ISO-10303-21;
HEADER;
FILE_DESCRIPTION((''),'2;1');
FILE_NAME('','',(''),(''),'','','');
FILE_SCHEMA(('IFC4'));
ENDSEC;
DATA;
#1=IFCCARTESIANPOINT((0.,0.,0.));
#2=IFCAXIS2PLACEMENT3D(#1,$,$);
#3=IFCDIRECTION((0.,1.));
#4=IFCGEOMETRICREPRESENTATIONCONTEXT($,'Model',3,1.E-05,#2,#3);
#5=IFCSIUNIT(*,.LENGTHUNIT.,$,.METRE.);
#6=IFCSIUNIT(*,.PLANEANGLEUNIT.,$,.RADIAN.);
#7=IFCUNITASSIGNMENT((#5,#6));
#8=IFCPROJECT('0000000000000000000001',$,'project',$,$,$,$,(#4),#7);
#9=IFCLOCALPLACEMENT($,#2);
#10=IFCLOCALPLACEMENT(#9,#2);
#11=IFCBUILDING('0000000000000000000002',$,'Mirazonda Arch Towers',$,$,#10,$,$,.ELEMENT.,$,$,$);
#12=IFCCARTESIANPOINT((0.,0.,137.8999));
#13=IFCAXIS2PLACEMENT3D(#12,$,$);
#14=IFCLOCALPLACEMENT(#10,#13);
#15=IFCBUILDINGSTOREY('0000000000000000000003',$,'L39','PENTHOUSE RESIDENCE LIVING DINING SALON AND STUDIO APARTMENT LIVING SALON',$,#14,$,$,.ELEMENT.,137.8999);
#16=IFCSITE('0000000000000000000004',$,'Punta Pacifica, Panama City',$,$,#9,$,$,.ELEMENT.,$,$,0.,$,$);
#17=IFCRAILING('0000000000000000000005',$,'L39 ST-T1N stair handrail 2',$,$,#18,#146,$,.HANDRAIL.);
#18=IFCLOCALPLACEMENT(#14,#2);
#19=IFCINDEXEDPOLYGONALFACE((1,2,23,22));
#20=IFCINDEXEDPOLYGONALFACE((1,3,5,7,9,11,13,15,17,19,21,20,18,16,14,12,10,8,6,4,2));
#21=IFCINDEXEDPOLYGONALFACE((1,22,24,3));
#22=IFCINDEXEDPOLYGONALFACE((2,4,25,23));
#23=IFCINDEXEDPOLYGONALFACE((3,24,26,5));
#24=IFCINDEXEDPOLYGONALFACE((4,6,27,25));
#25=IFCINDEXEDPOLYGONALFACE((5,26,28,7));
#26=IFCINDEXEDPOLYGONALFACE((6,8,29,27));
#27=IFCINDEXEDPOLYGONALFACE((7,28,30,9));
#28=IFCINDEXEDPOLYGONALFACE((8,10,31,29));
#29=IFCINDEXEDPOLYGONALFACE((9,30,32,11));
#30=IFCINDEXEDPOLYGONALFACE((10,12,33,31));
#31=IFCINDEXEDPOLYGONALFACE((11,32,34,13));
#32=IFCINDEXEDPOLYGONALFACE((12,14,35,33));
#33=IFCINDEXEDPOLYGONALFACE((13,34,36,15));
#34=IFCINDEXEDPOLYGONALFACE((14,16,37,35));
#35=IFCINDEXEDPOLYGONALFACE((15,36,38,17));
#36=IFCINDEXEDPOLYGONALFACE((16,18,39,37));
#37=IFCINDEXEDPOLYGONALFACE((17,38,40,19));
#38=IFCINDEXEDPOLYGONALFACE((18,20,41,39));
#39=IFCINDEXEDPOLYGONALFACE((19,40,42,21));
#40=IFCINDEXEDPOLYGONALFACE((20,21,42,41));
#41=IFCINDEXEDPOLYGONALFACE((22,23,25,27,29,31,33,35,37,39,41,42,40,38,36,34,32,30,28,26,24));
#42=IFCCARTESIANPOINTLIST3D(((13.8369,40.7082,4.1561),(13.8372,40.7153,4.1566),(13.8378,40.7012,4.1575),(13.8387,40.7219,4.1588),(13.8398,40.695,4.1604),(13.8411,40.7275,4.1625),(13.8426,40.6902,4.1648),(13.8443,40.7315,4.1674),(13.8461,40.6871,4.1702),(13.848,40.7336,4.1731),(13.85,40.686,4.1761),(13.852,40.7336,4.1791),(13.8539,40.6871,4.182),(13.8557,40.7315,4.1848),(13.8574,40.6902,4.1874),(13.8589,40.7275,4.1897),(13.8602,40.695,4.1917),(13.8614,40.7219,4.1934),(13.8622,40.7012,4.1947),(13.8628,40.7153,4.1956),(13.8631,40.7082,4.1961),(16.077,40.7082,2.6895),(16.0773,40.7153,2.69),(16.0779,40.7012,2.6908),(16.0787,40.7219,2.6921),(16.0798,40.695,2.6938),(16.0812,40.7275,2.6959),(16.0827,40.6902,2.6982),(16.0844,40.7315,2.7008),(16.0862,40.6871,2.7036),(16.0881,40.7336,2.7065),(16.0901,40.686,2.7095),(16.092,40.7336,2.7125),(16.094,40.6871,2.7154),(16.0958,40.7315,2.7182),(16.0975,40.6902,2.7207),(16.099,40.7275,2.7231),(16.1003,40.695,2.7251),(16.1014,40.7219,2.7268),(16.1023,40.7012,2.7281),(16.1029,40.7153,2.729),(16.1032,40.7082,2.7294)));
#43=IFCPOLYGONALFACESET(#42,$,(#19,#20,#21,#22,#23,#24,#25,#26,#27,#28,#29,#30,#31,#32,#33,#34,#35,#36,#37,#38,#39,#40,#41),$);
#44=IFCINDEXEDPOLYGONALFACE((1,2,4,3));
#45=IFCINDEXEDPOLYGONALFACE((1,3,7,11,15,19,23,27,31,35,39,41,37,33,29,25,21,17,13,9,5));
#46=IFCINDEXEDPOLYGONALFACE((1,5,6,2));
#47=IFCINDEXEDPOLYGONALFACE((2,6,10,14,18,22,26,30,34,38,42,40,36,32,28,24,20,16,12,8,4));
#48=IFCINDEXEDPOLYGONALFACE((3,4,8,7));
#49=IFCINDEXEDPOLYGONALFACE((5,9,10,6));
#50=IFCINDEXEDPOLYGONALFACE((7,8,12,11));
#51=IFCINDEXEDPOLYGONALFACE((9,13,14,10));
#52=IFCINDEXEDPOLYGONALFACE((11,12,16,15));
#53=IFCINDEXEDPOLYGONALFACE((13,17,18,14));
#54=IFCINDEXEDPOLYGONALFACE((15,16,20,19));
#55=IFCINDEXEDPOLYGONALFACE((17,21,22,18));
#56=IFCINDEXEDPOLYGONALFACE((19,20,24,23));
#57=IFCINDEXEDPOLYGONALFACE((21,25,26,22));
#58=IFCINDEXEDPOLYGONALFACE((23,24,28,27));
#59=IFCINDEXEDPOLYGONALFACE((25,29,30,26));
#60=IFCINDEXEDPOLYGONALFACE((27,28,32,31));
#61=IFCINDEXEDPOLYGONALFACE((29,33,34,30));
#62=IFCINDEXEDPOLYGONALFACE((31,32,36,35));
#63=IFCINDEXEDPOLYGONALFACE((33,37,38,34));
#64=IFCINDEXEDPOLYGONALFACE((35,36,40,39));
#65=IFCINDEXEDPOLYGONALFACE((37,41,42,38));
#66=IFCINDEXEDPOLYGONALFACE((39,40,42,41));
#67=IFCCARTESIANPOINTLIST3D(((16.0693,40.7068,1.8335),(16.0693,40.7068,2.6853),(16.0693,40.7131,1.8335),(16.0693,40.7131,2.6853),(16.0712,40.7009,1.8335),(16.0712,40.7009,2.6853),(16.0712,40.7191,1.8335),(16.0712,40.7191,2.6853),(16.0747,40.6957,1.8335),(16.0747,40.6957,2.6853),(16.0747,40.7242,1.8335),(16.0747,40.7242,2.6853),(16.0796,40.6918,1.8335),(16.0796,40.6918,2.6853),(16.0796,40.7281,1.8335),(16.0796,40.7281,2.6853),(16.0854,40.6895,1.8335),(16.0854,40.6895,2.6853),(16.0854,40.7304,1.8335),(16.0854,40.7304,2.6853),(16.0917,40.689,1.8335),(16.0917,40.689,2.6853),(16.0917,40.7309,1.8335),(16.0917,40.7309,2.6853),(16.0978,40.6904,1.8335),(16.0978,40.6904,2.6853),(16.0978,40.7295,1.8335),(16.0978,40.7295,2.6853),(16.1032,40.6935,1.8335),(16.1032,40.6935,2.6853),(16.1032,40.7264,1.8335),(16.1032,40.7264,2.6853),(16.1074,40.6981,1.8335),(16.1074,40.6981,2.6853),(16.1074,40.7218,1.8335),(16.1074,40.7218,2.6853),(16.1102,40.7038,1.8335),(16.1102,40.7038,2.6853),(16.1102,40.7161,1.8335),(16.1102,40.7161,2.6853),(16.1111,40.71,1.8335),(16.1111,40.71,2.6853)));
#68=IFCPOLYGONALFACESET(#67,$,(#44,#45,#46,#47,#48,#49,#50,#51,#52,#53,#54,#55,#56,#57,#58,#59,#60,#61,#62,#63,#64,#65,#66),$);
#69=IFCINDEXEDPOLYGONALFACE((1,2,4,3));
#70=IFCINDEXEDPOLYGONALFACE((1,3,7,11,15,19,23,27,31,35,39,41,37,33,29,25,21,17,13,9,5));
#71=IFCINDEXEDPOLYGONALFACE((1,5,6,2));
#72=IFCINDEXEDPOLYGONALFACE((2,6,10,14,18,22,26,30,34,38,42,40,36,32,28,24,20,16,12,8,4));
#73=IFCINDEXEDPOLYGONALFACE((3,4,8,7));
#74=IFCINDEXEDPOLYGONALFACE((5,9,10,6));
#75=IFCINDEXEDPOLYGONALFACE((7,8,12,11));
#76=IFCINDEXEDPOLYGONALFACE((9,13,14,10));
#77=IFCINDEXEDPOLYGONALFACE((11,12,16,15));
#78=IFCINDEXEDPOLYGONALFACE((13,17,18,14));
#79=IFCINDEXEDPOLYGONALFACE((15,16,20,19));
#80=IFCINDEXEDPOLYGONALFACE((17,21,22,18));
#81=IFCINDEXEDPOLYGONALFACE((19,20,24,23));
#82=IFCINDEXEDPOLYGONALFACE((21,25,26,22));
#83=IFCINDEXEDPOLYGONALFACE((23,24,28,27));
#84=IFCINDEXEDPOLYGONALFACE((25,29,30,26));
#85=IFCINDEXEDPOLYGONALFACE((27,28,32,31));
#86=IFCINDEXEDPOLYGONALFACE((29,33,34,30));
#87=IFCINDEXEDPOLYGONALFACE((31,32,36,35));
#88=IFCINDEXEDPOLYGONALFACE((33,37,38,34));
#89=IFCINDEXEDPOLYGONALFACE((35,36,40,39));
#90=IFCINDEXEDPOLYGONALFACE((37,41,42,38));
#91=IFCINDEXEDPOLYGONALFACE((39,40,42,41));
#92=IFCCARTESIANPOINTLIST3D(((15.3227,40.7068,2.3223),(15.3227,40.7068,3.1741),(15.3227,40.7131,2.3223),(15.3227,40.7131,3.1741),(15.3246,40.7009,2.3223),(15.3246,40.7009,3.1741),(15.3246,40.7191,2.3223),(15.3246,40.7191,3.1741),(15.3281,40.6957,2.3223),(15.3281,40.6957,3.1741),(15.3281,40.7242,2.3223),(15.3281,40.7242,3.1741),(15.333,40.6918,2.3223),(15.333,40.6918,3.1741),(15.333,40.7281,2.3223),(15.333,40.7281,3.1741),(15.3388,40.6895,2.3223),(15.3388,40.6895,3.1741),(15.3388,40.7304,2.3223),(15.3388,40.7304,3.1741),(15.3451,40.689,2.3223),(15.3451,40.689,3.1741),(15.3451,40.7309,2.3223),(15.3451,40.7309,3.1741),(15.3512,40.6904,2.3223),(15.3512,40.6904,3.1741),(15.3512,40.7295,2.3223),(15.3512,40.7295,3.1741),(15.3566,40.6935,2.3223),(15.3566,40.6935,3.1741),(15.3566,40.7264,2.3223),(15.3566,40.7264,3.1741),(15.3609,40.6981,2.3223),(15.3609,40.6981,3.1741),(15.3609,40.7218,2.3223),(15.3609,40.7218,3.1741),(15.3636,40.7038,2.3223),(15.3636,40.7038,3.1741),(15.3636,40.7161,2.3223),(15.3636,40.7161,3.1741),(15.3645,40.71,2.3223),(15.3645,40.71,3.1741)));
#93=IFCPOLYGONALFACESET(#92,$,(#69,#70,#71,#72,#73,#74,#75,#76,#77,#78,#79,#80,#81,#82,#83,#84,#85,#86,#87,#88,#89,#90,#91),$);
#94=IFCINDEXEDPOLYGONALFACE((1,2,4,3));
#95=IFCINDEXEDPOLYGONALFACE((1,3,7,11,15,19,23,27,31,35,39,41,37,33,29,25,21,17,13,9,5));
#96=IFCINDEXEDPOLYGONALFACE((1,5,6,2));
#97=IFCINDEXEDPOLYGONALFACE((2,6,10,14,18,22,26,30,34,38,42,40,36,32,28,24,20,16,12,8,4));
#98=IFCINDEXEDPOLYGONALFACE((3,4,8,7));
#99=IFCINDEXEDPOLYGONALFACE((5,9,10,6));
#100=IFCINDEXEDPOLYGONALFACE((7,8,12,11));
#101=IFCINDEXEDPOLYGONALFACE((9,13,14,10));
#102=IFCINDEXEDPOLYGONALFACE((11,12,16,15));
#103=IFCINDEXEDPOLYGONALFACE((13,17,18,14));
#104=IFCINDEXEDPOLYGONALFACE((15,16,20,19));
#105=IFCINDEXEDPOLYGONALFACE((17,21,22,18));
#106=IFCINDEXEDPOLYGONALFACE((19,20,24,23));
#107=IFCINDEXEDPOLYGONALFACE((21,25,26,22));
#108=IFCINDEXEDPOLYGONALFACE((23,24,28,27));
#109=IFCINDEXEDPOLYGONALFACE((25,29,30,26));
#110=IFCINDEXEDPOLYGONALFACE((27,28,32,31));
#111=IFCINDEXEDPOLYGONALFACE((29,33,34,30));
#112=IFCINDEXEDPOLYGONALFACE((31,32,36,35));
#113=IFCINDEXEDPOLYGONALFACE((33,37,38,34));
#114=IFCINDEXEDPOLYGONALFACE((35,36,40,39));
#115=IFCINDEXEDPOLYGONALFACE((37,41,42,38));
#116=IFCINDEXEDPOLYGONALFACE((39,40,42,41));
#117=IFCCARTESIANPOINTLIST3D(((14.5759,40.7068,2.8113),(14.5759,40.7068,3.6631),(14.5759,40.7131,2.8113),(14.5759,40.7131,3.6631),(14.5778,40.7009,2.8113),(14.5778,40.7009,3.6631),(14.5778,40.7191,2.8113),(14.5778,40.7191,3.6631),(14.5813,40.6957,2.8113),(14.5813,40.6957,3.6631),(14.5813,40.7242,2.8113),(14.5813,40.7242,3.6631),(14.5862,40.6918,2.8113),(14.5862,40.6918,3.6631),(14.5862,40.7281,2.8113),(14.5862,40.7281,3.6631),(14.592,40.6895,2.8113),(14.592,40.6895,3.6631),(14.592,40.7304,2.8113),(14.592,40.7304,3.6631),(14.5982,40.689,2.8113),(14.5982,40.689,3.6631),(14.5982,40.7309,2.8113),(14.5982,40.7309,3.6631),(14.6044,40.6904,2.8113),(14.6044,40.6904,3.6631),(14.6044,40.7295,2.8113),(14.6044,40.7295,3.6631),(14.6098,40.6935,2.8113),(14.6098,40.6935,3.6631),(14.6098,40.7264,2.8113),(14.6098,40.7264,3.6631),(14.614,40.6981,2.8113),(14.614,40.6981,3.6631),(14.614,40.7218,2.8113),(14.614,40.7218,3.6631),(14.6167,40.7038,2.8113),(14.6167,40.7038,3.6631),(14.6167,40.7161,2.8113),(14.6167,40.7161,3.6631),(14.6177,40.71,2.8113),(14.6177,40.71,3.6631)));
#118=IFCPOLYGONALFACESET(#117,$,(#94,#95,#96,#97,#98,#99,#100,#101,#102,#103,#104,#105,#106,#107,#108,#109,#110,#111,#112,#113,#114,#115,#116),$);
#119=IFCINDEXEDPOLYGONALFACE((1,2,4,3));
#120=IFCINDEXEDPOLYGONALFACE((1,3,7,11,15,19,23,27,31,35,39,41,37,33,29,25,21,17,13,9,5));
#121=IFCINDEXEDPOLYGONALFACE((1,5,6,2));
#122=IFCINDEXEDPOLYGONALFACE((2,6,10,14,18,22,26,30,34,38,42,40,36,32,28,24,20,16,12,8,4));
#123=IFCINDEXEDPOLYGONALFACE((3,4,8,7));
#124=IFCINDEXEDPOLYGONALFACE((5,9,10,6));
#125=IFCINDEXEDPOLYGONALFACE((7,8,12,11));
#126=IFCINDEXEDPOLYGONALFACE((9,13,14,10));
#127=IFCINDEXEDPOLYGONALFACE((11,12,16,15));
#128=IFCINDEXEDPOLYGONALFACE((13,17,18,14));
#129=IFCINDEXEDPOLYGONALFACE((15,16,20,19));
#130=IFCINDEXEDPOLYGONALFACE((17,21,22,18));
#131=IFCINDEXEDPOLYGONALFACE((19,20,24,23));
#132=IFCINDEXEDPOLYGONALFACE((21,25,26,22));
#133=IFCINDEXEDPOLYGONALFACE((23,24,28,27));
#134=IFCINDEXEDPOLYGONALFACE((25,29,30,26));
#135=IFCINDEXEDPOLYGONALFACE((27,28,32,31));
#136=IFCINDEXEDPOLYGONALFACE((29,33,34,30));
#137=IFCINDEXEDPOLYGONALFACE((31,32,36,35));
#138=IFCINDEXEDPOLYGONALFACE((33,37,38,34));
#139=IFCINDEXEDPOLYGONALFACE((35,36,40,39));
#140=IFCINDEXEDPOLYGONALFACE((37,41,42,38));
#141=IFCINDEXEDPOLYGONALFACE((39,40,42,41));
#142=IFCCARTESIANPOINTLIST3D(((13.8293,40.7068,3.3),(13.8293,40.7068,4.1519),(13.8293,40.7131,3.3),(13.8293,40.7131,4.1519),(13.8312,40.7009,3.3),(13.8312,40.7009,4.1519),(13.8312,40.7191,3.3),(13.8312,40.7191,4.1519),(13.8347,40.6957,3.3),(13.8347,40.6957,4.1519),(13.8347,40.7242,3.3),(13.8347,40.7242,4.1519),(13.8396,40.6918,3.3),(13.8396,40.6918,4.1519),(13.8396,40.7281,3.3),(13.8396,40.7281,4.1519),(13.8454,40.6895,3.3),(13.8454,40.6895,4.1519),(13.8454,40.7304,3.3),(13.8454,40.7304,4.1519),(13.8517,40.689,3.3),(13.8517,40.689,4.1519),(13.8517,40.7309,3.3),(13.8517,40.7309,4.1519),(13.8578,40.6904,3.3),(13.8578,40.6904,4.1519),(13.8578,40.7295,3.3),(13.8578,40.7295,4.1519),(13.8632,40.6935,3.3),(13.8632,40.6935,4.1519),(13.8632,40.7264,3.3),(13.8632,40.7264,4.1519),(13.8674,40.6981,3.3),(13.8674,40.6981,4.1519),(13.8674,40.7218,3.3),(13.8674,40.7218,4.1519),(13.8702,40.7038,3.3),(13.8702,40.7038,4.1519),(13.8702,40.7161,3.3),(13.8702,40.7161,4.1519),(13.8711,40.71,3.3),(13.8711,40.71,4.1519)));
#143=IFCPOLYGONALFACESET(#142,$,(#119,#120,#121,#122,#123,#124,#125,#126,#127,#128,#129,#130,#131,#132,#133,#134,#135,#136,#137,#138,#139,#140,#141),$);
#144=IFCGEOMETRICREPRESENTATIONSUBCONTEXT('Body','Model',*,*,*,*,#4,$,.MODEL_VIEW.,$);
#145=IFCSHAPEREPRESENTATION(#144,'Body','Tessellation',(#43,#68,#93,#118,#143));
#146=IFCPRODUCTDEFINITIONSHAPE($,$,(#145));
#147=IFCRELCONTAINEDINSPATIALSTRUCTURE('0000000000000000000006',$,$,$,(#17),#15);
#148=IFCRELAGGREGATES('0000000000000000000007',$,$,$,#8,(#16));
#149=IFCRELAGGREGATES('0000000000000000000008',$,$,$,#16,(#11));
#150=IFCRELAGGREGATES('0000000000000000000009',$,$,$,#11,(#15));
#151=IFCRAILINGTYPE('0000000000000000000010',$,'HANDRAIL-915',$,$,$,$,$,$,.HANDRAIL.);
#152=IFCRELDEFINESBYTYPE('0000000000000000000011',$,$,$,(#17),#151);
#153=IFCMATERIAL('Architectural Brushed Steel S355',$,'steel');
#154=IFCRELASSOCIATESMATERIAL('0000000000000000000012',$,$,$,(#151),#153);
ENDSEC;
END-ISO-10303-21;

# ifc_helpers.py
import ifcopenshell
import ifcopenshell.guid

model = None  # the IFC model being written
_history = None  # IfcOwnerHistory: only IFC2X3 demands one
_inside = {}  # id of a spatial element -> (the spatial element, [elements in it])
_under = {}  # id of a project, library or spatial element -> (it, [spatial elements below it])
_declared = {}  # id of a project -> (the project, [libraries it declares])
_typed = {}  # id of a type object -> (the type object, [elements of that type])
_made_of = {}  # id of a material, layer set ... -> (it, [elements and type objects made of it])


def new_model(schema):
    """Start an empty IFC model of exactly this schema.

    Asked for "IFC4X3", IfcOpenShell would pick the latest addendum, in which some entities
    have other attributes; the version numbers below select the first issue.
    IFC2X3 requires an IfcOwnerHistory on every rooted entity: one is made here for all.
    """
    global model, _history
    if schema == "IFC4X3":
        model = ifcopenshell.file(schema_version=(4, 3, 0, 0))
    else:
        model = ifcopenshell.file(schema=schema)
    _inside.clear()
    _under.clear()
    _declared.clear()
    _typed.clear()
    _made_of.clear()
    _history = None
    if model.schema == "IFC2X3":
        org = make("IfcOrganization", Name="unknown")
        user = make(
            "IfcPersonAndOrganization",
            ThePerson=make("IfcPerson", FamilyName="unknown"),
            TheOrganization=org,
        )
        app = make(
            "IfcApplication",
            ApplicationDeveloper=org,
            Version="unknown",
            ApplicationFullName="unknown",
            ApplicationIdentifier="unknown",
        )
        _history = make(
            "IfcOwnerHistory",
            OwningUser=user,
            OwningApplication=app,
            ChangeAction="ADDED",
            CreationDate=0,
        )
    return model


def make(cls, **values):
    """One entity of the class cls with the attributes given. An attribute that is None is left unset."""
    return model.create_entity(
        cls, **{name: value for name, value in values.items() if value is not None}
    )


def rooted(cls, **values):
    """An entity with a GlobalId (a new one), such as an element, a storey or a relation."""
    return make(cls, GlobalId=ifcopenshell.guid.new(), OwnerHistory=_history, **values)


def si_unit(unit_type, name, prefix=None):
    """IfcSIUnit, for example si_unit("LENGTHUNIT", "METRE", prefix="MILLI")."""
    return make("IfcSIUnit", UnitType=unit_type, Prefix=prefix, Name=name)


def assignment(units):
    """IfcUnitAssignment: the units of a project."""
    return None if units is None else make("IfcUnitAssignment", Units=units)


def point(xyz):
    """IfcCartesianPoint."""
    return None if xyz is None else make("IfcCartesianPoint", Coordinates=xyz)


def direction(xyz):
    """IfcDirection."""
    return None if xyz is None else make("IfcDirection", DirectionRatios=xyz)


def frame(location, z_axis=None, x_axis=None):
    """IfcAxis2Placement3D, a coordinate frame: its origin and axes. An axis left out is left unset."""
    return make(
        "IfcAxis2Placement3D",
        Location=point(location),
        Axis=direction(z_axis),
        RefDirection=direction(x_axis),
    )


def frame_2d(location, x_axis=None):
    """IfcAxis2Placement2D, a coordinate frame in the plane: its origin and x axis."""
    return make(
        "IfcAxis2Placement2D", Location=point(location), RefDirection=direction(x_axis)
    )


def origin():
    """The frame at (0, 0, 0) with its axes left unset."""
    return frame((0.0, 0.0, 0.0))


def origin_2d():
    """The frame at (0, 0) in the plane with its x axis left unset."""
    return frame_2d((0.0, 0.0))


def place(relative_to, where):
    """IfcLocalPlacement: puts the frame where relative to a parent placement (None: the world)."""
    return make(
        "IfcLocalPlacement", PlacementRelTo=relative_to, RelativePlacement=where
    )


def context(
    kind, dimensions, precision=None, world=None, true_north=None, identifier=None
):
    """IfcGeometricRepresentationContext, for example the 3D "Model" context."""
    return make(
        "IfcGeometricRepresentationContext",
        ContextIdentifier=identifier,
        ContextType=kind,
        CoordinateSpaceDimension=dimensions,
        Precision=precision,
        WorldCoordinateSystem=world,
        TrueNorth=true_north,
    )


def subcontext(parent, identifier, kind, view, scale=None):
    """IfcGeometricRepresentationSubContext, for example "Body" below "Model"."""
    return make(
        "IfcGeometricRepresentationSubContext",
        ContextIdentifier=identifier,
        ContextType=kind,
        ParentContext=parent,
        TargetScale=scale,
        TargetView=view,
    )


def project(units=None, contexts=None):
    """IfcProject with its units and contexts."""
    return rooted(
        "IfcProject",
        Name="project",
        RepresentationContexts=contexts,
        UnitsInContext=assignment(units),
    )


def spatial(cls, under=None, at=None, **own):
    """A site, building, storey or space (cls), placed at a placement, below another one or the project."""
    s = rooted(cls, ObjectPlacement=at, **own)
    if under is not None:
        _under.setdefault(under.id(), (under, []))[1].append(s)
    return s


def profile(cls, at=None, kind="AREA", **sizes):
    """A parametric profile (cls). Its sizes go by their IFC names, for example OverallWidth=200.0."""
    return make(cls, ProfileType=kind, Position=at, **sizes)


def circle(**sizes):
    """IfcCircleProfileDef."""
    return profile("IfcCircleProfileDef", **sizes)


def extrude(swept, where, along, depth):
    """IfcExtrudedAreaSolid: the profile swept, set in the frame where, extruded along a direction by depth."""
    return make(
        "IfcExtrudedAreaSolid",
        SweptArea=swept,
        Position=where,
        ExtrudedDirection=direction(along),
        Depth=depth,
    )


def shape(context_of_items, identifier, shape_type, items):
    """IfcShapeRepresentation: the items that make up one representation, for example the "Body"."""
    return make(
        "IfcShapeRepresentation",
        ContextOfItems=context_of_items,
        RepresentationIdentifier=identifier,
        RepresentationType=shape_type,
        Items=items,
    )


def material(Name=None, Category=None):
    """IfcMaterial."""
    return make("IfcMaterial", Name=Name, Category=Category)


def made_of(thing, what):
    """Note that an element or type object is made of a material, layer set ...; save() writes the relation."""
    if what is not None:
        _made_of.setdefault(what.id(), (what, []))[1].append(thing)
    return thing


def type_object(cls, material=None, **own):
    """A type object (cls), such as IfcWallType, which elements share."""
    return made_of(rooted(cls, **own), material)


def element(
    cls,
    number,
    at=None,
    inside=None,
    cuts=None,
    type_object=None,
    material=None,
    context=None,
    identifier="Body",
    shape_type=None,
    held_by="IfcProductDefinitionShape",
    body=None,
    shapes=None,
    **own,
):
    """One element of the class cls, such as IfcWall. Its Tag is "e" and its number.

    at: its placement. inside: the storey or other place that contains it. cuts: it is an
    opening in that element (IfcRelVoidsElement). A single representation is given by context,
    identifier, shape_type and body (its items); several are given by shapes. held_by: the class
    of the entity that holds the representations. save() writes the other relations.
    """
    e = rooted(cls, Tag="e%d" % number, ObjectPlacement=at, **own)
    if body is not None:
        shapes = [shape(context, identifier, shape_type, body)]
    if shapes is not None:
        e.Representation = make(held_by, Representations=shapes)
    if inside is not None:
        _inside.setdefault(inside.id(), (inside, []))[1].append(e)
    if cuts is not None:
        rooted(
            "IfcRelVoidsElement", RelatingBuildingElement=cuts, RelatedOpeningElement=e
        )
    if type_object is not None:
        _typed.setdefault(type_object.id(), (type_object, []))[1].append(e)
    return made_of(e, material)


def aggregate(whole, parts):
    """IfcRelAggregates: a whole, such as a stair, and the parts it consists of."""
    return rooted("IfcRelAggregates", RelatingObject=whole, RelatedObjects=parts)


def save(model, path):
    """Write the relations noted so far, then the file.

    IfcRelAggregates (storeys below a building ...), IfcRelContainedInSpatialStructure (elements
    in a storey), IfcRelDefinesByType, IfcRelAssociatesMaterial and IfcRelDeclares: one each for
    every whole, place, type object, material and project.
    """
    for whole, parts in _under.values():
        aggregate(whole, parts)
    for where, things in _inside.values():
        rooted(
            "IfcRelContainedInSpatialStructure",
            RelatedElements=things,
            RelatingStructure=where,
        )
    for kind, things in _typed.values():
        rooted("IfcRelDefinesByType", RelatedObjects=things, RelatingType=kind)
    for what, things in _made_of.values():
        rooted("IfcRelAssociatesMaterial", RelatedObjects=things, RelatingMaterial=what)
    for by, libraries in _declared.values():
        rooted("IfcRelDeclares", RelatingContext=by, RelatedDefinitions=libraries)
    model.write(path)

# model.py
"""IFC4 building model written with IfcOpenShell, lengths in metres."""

from ifc_helpers import new_model, si_unit, direction, frame, origin, origin_2d, place, context, subcontext, project, spatial, circle, extrude, material, type_object, element, save


model = new_model("IFC4")

# Units and contexts
model_context = context("Model", 3, precision=1e-05, world=origin(), true_north=direction((0.0, 1.0)))
body_context = subcontext(model_context, "Body", "Model", "MODEL_VIEW")
ifc_project = project(units=[si_unit("LENGTHUNIT", "METRE"), si_unit("PLANEANGLEUNIT", "RADIAN")], contexts=[model_context])

# Site, building, storey
site_placement = place(None, origin())
site = spatial("IfcSite", under=ifc_project, at=site_placement, Name="Punta Pacifica, Panama City", CompositionType="ELEMENT", RefElevation=0.0)
building_placement = place(site_placement, origin())
building = spatial("IfcBuilding", under=site, at=building_placement, Name="Mirazonda Arch Towers", CompositionType="ELEMENT")
storey_placement = place(building_placement, frame((0.0, 0.0, 137.8999)))
storey = spatial("IfcBuildingStorey", under=building, at=storey_placement, Name="L39", Description="PENTHOUSE RESIDENCE LIVING DINING SALON AND STUDIO APARTMENT LIVING SALON", CompositionType="ELEMENT", Elevation=137.8999)

# Shared definitions
ifc_material_1 = material(Name="Architectural Brushed Steel S355", Category="steel")

# Railing
railing_type_1 = type_object("IfcRailingType", Name="HANDRAIL-915", PredefinedType="HANDRAIL", material=ifc_material_1)
railing_1_placement = place(storey_placement, frame((16.0901, 40.71, 1.8335)))
element("IfcRailing", 1, at=railing_1_placement, inside=storey, type_object=railing_type_1, Name="L39 ST-T1N stair handrail 2", PredefinedType="HANDRAIL", context=body_context, shape_type="SweptSolid", body=[
    extrude(circle(Radius=0.0239, at=origin_2d()), frame((0.0, 0.0, 0.876), z_axis=(-0.836637, 0.0, 0.547758), x_axis=(0.0, -1.0, 0.0)), (0.0, 0.0, 1.0), 2.6775),
    extrude(circle(Radius=0.021, at=origin_2d()), origin(), (0.0, 0.0, 1.0), 0.8518),
    extrude(circle(Radius=0.021, at=origin_2d()), frame((-0.7466, 0.0, 0.4888)), (0.0, 0.0, 1.0), 0.8518),
    extrude(circle(Radius=0.021, at=origin_2d()), frame((-1.4934, 0.0, 0.9778)), (0.0, 0.0, 1.0), 0.8518),
    extrude(circle(Radius=0.021, at=origin_2d()), frame((-2.24, 0.0, 1.4666)), (0.0, 0.0, 1.0), 0.8518),
])

save(model, "model.ifc")
